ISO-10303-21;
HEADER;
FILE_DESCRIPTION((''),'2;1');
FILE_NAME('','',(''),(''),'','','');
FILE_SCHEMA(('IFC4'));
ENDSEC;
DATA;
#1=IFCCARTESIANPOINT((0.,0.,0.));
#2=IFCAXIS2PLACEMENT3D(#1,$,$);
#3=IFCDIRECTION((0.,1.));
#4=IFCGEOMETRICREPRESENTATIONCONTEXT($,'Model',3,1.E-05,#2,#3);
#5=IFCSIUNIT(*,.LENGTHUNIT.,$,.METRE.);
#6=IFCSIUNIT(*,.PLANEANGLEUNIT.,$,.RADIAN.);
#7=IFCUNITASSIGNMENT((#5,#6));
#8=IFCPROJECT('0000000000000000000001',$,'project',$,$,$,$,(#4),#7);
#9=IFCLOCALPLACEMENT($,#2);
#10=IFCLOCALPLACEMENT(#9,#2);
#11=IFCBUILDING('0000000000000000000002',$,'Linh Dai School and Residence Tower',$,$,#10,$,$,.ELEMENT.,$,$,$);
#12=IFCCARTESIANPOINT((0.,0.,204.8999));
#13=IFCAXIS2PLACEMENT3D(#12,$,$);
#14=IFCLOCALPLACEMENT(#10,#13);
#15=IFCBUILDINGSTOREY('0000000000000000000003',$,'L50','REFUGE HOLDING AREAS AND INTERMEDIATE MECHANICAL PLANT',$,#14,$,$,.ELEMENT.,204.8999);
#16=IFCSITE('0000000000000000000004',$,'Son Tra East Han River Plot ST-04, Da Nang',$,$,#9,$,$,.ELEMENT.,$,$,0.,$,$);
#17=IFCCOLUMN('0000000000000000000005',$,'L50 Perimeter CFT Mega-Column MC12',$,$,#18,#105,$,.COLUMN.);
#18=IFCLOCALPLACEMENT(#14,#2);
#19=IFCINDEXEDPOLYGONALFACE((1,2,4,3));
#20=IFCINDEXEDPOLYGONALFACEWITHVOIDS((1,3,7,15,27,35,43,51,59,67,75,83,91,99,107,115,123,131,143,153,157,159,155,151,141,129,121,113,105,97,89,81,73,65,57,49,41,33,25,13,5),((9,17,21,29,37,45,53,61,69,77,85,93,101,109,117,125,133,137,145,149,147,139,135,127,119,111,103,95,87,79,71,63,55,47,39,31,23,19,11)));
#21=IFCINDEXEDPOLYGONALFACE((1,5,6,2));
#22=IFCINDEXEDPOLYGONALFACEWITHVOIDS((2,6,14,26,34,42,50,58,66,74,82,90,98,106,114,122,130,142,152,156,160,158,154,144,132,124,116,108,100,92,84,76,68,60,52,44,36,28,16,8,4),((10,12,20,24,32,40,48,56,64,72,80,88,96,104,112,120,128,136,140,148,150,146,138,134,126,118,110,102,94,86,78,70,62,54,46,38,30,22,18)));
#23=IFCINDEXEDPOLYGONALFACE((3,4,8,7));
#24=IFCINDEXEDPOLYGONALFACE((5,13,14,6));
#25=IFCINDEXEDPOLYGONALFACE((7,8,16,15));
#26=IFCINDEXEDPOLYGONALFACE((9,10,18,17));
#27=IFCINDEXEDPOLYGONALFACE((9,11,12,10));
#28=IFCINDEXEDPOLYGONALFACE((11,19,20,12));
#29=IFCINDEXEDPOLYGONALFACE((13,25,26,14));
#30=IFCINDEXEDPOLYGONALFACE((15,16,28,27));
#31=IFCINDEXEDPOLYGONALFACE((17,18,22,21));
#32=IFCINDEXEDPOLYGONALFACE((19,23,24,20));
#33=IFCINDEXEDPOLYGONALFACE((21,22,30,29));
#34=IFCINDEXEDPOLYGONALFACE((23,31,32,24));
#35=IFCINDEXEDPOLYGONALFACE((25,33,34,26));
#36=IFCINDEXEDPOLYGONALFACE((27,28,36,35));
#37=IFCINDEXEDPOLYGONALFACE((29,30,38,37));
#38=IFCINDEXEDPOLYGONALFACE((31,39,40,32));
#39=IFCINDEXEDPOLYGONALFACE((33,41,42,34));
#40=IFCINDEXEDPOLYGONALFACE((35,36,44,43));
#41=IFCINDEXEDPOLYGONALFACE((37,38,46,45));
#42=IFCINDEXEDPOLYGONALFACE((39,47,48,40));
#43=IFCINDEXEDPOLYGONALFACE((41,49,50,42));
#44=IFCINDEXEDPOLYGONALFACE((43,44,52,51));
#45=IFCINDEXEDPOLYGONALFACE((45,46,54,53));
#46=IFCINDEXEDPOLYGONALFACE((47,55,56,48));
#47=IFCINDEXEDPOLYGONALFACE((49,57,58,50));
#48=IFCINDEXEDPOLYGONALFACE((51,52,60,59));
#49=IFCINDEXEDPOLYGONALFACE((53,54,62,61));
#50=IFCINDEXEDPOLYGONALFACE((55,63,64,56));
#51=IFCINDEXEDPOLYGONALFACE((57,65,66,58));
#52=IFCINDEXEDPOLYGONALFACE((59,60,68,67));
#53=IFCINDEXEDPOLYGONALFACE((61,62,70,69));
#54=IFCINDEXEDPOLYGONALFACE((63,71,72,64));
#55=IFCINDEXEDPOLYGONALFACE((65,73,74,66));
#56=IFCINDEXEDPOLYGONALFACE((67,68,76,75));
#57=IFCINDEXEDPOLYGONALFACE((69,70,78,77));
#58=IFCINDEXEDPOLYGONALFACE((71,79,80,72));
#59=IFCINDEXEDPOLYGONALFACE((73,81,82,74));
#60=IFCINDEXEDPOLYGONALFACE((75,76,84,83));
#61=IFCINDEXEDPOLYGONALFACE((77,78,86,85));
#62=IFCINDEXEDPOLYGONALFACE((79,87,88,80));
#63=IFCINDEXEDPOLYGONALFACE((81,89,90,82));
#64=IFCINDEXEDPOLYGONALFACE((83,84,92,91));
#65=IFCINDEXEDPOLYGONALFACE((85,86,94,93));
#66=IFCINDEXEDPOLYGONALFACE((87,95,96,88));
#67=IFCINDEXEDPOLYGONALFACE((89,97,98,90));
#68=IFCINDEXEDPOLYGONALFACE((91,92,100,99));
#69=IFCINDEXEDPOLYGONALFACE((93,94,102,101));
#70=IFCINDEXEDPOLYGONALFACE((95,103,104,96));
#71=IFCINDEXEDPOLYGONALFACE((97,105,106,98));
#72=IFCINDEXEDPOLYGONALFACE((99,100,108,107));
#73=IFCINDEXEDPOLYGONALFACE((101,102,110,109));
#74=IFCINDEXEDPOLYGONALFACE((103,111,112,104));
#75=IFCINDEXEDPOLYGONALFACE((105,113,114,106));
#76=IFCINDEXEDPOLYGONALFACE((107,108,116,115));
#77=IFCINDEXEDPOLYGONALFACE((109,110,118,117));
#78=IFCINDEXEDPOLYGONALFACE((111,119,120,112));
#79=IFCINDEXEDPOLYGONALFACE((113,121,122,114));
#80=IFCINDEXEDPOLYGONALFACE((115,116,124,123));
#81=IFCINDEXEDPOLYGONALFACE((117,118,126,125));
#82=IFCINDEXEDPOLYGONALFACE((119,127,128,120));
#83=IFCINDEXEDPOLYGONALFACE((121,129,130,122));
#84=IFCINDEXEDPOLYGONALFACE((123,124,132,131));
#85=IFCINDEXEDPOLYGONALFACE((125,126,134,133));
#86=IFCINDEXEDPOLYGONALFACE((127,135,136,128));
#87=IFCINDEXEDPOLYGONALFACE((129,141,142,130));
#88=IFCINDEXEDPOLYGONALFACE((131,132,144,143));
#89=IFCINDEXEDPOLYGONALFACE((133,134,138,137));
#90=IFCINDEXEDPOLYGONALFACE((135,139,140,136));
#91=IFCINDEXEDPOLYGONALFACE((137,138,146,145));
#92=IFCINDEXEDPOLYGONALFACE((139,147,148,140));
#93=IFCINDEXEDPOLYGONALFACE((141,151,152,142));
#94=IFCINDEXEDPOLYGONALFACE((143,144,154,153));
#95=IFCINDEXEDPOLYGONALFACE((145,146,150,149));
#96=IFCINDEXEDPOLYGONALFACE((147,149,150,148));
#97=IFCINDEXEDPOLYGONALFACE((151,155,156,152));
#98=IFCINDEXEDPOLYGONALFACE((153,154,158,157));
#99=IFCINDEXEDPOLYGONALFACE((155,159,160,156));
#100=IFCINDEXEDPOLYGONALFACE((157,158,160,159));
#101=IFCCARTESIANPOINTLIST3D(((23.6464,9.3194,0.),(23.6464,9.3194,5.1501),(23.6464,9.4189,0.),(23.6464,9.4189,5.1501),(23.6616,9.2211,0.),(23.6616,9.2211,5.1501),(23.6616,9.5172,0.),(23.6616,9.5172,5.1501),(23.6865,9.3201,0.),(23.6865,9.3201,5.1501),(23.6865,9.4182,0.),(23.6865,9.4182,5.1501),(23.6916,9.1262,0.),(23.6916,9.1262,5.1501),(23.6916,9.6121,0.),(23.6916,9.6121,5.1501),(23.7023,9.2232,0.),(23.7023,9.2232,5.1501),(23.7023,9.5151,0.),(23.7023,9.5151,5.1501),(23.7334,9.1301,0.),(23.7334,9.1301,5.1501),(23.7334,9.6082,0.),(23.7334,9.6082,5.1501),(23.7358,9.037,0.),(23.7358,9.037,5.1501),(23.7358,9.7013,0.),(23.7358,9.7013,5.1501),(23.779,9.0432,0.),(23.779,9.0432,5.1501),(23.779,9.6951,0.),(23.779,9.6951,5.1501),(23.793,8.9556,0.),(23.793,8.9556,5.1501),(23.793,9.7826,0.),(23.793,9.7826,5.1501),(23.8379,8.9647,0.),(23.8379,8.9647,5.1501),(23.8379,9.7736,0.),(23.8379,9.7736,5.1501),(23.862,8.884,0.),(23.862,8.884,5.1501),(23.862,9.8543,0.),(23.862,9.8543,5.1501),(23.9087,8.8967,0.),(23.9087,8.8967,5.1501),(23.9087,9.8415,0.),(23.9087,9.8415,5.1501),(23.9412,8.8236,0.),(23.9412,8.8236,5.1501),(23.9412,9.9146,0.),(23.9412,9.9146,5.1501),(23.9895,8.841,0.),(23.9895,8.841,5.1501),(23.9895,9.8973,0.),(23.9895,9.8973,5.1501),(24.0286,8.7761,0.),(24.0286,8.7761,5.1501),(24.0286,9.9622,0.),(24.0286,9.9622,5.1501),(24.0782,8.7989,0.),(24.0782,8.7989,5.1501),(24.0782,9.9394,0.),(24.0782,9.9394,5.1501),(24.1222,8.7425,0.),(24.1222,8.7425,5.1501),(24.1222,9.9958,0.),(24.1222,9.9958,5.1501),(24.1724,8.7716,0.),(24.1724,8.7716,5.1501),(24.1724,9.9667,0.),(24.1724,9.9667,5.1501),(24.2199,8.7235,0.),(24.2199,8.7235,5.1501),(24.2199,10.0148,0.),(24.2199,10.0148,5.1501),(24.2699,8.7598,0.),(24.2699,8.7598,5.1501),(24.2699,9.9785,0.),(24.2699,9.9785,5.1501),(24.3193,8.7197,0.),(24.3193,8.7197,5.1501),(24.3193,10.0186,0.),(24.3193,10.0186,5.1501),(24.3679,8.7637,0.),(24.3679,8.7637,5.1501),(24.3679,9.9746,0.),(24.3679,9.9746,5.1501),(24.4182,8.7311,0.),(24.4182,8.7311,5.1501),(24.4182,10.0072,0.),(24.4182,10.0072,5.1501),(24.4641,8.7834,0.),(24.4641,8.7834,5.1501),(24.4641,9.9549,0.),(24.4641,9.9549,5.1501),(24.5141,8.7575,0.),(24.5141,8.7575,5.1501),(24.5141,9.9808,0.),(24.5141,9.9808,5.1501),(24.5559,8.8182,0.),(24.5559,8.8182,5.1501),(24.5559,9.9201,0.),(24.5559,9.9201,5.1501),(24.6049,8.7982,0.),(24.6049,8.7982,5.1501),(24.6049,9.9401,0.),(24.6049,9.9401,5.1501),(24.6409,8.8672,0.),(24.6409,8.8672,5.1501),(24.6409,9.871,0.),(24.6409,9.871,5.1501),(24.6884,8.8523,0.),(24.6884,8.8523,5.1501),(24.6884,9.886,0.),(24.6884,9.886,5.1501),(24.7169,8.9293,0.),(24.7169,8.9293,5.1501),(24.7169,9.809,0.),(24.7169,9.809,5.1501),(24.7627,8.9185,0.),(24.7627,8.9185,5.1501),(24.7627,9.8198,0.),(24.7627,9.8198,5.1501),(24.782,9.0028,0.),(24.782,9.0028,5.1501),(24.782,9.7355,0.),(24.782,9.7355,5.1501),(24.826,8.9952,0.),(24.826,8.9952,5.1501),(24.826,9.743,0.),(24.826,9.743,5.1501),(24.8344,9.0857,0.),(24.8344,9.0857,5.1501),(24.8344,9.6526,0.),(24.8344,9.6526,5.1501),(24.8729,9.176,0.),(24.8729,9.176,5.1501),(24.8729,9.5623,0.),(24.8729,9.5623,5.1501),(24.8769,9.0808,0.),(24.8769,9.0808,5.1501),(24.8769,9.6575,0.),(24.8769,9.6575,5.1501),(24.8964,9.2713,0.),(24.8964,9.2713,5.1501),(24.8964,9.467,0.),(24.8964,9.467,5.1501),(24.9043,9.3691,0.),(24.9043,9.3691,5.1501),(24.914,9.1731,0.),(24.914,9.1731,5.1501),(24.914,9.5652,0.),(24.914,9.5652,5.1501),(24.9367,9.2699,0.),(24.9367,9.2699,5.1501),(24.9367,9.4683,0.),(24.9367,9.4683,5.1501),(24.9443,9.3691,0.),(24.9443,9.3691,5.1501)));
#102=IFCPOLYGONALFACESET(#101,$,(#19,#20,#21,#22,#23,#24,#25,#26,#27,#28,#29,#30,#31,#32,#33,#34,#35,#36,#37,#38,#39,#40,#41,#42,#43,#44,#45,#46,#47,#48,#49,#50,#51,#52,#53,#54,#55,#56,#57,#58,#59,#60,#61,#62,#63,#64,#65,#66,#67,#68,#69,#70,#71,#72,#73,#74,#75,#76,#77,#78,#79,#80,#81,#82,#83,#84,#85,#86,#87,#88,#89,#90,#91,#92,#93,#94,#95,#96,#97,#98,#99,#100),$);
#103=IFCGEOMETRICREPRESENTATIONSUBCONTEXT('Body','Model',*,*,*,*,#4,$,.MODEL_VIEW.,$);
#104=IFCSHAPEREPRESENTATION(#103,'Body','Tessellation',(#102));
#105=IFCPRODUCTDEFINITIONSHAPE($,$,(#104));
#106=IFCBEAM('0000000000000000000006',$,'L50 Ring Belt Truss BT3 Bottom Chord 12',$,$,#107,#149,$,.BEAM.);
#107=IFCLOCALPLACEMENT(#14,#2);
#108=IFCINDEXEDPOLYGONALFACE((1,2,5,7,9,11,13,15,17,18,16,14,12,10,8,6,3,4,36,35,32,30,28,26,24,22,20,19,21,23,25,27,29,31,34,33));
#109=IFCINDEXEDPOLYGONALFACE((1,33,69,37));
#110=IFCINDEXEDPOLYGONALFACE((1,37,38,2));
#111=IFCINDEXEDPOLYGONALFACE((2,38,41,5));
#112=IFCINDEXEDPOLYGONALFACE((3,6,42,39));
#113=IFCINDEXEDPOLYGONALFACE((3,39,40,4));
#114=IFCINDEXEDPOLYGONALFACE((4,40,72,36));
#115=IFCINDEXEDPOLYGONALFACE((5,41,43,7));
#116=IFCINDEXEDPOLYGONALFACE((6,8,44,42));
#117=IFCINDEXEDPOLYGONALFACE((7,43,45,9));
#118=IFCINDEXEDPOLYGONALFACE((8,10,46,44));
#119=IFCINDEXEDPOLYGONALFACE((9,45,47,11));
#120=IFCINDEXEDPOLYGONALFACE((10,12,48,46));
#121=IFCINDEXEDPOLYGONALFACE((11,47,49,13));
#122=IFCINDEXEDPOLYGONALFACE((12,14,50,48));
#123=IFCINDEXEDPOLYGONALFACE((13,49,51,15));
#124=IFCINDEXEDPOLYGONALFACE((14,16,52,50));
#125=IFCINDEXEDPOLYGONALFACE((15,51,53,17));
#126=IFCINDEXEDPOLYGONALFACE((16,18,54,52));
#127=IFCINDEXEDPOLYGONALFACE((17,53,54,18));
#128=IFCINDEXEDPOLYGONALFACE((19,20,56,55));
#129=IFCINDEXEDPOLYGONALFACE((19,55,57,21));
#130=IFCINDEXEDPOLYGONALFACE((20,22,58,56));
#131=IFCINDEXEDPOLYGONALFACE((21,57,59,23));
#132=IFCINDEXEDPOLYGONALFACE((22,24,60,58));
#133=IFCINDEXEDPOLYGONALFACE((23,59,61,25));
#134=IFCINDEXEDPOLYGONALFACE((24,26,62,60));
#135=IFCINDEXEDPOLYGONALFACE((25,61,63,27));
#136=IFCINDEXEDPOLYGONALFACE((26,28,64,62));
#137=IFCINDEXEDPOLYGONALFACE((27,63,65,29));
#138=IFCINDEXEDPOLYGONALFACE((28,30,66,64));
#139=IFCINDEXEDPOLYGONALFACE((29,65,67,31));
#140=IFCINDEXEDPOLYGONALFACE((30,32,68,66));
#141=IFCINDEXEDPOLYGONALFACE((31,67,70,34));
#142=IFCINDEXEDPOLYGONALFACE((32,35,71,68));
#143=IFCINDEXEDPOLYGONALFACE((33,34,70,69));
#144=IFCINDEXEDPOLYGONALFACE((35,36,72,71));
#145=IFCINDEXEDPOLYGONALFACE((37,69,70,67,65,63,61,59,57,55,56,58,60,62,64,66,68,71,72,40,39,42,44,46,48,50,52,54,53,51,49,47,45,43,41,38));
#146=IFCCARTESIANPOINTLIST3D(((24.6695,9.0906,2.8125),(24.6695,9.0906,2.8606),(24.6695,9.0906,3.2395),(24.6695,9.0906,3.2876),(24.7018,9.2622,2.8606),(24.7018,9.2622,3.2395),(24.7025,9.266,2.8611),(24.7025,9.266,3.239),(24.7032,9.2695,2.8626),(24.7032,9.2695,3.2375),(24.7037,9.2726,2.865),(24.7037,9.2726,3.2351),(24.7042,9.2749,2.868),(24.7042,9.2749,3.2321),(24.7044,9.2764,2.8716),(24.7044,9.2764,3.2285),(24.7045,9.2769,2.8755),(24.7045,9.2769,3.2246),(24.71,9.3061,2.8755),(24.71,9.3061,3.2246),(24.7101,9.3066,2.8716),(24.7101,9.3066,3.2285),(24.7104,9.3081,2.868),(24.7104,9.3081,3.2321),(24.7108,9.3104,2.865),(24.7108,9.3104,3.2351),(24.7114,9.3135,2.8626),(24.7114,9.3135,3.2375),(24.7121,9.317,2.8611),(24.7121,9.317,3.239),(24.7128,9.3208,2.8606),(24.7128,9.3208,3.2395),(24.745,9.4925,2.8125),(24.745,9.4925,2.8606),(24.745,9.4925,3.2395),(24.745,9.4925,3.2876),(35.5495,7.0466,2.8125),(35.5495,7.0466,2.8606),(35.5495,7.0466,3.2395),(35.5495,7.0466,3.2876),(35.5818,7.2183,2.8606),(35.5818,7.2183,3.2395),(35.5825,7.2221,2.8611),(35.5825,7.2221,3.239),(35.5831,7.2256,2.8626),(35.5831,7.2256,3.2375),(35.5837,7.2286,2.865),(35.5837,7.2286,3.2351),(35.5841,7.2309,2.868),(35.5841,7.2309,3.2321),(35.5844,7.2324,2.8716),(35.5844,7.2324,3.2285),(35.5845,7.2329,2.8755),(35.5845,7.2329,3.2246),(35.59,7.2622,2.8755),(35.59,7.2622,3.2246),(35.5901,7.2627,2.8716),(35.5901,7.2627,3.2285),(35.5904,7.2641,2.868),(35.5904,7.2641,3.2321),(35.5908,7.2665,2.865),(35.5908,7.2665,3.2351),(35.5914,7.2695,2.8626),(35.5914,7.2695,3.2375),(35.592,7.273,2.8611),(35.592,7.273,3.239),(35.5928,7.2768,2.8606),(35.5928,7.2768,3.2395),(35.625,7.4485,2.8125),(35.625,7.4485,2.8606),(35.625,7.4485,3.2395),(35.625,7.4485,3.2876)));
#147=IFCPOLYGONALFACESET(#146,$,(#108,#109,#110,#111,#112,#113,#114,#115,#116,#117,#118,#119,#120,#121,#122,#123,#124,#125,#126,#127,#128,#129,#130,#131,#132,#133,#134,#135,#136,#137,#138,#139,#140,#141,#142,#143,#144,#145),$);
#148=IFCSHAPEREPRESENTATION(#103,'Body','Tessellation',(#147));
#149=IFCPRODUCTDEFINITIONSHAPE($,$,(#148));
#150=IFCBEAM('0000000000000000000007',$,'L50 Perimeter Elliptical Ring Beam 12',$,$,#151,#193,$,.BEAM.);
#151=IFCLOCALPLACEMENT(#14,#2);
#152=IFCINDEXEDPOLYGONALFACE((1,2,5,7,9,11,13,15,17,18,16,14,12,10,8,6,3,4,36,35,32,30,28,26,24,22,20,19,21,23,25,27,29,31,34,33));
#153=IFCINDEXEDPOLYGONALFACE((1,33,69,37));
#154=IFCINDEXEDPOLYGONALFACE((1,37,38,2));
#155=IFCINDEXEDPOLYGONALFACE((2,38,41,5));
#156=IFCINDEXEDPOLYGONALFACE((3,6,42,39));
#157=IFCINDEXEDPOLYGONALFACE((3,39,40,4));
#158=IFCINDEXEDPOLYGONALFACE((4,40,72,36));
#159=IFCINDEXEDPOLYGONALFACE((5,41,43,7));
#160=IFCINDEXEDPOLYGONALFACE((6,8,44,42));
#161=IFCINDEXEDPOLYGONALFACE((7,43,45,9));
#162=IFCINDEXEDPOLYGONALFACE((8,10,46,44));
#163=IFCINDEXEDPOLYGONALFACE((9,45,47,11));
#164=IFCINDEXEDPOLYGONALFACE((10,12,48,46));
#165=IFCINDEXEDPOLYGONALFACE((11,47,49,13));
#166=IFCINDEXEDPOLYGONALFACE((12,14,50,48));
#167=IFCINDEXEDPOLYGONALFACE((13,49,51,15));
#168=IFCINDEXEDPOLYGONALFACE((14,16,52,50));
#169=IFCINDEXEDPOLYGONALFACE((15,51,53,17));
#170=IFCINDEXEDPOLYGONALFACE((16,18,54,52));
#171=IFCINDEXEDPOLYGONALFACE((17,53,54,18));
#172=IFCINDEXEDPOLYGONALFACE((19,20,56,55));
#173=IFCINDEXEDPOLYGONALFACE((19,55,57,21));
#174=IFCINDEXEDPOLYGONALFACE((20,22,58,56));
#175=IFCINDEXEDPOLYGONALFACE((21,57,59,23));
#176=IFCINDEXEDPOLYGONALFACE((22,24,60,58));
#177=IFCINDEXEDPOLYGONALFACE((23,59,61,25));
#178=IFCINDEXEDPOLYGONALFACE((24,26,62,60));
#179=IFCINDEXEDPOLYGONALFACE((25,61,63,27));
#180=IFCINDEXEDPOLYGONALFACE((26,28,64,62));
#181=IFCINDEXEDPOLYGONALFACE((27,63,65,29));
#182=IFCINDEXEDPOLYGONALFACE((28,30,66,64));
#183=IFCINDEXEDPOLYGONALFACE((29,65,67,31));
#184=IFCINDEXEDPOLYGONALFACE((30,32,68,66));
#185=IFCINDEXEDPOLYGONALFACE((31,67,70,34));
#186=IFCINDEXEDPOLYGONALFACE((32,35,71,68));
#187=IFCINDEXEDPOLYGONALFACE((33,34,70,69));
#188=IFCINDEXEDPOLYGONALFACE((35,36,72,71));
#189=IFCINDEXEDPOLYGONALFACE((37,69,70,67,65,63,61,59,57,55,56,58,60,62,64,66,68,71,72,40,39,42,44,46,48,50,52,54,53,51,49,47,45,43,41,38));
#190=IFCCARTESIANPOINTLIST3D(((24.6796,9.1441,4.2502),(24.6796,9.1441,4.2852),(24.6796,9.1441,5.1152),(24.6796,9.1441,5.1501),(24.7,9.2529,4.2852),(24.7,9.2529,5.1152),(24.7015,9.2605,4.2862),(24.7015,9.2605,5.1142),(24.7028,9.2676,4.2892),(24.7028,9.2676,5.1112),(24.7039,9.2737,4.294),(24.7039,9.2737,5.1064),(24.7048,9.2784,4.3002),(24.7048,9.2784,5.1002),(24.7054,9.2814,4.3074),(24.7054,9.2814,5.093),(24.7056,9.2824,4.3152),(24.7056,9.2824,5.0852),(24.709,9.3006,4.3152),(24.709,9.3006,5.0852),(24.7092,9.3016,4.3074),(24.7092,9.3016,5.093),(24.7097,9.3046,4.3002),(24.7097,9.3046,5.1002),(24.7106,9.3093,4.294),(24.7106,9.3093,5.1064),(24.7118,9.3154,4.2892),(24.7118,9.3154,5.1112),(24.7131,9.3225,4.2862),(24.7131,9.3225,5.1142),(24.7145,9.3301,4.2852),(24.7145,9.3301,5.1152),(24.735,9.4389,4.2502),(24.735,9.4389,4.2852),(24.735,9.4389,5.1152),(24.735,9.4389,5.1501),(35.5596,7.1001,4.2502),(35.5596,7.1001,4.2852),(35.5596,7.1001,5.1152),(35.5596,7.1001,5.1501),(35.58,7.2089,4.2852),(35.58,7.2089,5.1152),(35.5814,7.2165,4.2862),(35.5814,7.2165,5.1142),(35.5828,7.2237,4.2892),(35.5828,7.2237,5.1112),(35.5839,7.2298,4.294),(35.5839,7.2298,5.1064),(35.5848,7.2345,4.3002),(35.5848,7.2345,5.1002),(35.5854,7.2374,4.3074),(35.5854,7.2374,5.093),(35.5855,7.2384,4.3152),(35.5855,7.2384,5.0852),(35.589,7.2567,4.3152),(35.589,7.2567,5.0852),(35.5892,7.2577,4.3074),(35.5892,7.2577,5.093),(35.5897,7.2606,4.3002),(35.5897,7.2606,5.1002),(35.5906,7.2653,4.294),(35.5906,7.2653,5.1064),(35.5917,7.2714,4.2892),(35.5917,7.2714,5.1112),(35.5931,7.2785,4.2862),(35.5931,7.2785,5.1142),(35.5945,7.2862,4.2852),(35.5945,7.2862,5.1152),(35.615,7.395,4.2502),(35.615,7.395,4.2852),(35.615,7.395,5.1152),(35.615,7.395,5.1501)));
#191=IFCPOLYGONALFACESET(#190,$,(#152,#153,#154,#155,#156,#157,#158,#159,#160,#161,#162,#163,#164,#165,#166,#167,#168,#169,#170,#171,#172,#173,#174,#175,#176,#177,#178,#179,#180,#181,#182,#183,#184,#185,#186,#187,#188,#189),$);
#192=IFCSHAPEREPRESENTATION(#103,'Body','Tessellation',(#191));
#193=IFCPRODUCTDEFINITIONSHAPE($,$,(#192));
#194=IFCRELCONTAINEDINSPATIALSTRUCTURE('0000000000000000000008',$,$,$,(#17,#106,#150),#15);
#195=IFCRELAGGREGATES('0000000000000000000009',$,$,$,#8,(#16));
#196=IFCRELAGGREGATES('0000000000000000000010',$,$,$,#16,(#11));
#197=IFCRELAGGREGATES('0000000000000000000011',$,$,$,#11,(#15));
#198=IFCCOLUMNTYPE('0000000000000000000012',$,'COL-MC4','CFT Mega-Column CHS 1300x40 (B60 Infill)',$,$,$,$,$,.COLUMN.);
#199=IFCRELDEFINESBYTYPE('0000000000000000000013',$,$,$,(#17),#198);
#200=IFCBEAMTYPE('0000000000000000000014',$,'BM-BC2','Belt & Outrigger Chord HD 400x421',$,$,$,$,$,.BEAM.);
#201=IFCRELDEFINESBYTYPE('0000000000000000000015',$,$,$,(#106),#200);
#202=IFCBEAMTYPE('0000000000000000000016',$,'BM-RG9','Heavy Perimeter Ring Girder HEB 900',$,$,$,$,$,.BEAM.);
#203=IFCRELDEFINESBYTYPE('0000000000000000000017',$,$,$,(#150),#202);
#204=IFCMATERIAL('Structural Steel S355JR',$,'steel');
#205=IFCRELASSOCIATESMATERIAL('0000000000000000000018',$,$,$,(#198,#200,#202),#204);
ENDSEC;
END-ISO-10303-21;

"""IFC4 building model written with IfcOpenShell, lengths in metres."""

from ifc_helpers import new_model, si_unit, direction, frame, origin, origin_2d, place, context, subcontext, project, spatial, hollow_circle, i_section, extrude, material, material_profile, profile_set, type_object, element, save


model = new_model("IFC4")

# Units and contexts
model_context = context("Model", 3, precision=1e-05, world=origin(), true_north=direction((0.0, 1.0)))
body_context = subcontext(model_context, "Body", "Model", "MODEL_VIEW")
ifc_project = project(units=[si_unit("LENGTHUNIT", "METRE"), si_unit("PLANEANGLEUNIT", "RADIAN")], contexts=[model_context])

# Site, building, storey
site_placement = place(None, origin())
site = spatial("IfcSite", under=ifc_project, at=site_placement, Name="Son Tra East Han River Plot ST-04, Da Nang", CompositionType="ELEMENT", RefElevation=0.0)
building_placement = place(site_placement, origin())
building = spatial("IfcBuilding", under=site, at=building_placement, Name="Linh Dai School and Residence Tower", CompositionType="ELEMENT")
storey_placement = place(building_placement, frame((0.0, 0.0, 204.8999)))
storey = spatial("IfcBuildingStorey", under=building, at=storey_placement, Name="L50", Description="REFUGE HOLDING AREAS AND INTERMEDIATE MECHANICAL PLANT", CompositionType="ELEMENT", Elevation=204.8999)

# Column
ifc_material_1 = material(Name="Structural Steel S355JR", Category="steel")
ifc_material_profile_1 = material_profile(ifc_material_1, hollow_circle(Radius=0.6499, WallThickness=0.04, at=origin_2d()), Name="CHS 1300x40")
ifc_profile_set_1 = profile_set([ifc_material_profile_1], Name="Structural Steel S355JR")
column_type = type_object("IfcColumnType", Name="COL-MC4", Description="CFT Mega-Column CHS 1300x40 (B60 Infill)", PredefinedType="COLUMN", material=ifc_profile_set_1)
column_placement = place(storey_placement, frame((24.2944, 9.3691, 0.0), z_axis=(0.0, 0.0, 1.0), x_axis=(1.0, 0.0, 0.0)))
element("IfcColumn", 1, at=column_placement, inside=storey, type_object=column_type, Name="L50 Perimeter CFT Mega-Column MC12", PredefinedType="COLUMN", context=body_context, shape_type="SweptSolid", body=[
    extrude(hollow_circle(Radius=0.6499, WallThickness=0.04, at=origin_2d()), origin(), (0.0, 0.0, 1.0), 5.1501),
])

# Beams
ifc_material_profile_2 = material_profile(ifc_material_1, i_section(OverallWidth=0.4089, OverallDepth=0.4751, WebThickness=0.0298, FlangeThickness=0.0481, FilletRadius=0.0149, at=origin_2d()), Name="HD 400x421")
ifc_profile_set_2 = profile_set([ifc_material_profile_2], Name="Structural Steel S355JR")
beam_type_1 = type_object("IfcBeamType", Name="BM-BC2", Description="Belt & Outrigger Chord HD 400x421", PredefinedType="BEAM", material=ifc_profile_set_2)
beam_1_placement = place(storey_placement, frame((24.7073, 9.2915, 3.05), z_axis=(0.982807, -0.184635, 0.0), x_axis=(0.184635, 0.982807, 0.0)))
element("IfcBeam", 2, at=beam_1_placement, inside=storey, type_object=beam_type_1, Name="L50 Ring Belt Truss BT3 Bottom Chord 12", PredefinedType="BEAM", context=body_context, shape_type="SweptSolid", body=[
    extrude(i_section(OverallWidth=0.4089, OverallDepth=0.4751, WebThickness=0.0298, FlangeThickness=0.0481, FilletRadius=0.0149, at=origin_2d()), origin(), (0.0, 0.0, 1.0), 11.0703),
])
ifc_material_profile_3 = material_profile(ifc_material_1, i_section(OverallWidth=0.3, OverallDepth=0.8999, WebThickness=0.0186, FlangeThickness=0.0349, FilletRadius=0.03, at=origin_2d()), Name="HEB 900")
ifc_profile_set_3 = profile_set([ifc_material_profile_3], Name="Structural Steel S355JR")
beam_type_2 = type_object("IfcBeamType", Name="BM-RG9", Description="Heavy Perimeter Ring Girder HEB 900", PredefinedType="BEAM", material=ifc_profile_set_3)
beam_2_placement = place(storey_placement, frame((24.7073, 9.2915, 4.7002), z_axis=(0.982807, -0.184635, 0.0), x_axis=(0.184635, 0.982807, 0.0)))
element("IfcBeam", 3, at=beam_2_placement, inside=storey, type_object=beam_type_2, Name="L50 Perimeter Elliptical Ring Beam 12", PredefinedType="BEAM", context=body_context, shape_type="SweptSolid", body=[
    extrude(i_section(OverallWidth=0.3, OverallDepth=0.8999, WebThickness=0.0186, FlangeThickness=0.0349, FilletRadius=0.03, at=origin_2d()), origin(), (0.0, 0.0, 1.0), 11.0703),
])

save(model, "model.ifc")
